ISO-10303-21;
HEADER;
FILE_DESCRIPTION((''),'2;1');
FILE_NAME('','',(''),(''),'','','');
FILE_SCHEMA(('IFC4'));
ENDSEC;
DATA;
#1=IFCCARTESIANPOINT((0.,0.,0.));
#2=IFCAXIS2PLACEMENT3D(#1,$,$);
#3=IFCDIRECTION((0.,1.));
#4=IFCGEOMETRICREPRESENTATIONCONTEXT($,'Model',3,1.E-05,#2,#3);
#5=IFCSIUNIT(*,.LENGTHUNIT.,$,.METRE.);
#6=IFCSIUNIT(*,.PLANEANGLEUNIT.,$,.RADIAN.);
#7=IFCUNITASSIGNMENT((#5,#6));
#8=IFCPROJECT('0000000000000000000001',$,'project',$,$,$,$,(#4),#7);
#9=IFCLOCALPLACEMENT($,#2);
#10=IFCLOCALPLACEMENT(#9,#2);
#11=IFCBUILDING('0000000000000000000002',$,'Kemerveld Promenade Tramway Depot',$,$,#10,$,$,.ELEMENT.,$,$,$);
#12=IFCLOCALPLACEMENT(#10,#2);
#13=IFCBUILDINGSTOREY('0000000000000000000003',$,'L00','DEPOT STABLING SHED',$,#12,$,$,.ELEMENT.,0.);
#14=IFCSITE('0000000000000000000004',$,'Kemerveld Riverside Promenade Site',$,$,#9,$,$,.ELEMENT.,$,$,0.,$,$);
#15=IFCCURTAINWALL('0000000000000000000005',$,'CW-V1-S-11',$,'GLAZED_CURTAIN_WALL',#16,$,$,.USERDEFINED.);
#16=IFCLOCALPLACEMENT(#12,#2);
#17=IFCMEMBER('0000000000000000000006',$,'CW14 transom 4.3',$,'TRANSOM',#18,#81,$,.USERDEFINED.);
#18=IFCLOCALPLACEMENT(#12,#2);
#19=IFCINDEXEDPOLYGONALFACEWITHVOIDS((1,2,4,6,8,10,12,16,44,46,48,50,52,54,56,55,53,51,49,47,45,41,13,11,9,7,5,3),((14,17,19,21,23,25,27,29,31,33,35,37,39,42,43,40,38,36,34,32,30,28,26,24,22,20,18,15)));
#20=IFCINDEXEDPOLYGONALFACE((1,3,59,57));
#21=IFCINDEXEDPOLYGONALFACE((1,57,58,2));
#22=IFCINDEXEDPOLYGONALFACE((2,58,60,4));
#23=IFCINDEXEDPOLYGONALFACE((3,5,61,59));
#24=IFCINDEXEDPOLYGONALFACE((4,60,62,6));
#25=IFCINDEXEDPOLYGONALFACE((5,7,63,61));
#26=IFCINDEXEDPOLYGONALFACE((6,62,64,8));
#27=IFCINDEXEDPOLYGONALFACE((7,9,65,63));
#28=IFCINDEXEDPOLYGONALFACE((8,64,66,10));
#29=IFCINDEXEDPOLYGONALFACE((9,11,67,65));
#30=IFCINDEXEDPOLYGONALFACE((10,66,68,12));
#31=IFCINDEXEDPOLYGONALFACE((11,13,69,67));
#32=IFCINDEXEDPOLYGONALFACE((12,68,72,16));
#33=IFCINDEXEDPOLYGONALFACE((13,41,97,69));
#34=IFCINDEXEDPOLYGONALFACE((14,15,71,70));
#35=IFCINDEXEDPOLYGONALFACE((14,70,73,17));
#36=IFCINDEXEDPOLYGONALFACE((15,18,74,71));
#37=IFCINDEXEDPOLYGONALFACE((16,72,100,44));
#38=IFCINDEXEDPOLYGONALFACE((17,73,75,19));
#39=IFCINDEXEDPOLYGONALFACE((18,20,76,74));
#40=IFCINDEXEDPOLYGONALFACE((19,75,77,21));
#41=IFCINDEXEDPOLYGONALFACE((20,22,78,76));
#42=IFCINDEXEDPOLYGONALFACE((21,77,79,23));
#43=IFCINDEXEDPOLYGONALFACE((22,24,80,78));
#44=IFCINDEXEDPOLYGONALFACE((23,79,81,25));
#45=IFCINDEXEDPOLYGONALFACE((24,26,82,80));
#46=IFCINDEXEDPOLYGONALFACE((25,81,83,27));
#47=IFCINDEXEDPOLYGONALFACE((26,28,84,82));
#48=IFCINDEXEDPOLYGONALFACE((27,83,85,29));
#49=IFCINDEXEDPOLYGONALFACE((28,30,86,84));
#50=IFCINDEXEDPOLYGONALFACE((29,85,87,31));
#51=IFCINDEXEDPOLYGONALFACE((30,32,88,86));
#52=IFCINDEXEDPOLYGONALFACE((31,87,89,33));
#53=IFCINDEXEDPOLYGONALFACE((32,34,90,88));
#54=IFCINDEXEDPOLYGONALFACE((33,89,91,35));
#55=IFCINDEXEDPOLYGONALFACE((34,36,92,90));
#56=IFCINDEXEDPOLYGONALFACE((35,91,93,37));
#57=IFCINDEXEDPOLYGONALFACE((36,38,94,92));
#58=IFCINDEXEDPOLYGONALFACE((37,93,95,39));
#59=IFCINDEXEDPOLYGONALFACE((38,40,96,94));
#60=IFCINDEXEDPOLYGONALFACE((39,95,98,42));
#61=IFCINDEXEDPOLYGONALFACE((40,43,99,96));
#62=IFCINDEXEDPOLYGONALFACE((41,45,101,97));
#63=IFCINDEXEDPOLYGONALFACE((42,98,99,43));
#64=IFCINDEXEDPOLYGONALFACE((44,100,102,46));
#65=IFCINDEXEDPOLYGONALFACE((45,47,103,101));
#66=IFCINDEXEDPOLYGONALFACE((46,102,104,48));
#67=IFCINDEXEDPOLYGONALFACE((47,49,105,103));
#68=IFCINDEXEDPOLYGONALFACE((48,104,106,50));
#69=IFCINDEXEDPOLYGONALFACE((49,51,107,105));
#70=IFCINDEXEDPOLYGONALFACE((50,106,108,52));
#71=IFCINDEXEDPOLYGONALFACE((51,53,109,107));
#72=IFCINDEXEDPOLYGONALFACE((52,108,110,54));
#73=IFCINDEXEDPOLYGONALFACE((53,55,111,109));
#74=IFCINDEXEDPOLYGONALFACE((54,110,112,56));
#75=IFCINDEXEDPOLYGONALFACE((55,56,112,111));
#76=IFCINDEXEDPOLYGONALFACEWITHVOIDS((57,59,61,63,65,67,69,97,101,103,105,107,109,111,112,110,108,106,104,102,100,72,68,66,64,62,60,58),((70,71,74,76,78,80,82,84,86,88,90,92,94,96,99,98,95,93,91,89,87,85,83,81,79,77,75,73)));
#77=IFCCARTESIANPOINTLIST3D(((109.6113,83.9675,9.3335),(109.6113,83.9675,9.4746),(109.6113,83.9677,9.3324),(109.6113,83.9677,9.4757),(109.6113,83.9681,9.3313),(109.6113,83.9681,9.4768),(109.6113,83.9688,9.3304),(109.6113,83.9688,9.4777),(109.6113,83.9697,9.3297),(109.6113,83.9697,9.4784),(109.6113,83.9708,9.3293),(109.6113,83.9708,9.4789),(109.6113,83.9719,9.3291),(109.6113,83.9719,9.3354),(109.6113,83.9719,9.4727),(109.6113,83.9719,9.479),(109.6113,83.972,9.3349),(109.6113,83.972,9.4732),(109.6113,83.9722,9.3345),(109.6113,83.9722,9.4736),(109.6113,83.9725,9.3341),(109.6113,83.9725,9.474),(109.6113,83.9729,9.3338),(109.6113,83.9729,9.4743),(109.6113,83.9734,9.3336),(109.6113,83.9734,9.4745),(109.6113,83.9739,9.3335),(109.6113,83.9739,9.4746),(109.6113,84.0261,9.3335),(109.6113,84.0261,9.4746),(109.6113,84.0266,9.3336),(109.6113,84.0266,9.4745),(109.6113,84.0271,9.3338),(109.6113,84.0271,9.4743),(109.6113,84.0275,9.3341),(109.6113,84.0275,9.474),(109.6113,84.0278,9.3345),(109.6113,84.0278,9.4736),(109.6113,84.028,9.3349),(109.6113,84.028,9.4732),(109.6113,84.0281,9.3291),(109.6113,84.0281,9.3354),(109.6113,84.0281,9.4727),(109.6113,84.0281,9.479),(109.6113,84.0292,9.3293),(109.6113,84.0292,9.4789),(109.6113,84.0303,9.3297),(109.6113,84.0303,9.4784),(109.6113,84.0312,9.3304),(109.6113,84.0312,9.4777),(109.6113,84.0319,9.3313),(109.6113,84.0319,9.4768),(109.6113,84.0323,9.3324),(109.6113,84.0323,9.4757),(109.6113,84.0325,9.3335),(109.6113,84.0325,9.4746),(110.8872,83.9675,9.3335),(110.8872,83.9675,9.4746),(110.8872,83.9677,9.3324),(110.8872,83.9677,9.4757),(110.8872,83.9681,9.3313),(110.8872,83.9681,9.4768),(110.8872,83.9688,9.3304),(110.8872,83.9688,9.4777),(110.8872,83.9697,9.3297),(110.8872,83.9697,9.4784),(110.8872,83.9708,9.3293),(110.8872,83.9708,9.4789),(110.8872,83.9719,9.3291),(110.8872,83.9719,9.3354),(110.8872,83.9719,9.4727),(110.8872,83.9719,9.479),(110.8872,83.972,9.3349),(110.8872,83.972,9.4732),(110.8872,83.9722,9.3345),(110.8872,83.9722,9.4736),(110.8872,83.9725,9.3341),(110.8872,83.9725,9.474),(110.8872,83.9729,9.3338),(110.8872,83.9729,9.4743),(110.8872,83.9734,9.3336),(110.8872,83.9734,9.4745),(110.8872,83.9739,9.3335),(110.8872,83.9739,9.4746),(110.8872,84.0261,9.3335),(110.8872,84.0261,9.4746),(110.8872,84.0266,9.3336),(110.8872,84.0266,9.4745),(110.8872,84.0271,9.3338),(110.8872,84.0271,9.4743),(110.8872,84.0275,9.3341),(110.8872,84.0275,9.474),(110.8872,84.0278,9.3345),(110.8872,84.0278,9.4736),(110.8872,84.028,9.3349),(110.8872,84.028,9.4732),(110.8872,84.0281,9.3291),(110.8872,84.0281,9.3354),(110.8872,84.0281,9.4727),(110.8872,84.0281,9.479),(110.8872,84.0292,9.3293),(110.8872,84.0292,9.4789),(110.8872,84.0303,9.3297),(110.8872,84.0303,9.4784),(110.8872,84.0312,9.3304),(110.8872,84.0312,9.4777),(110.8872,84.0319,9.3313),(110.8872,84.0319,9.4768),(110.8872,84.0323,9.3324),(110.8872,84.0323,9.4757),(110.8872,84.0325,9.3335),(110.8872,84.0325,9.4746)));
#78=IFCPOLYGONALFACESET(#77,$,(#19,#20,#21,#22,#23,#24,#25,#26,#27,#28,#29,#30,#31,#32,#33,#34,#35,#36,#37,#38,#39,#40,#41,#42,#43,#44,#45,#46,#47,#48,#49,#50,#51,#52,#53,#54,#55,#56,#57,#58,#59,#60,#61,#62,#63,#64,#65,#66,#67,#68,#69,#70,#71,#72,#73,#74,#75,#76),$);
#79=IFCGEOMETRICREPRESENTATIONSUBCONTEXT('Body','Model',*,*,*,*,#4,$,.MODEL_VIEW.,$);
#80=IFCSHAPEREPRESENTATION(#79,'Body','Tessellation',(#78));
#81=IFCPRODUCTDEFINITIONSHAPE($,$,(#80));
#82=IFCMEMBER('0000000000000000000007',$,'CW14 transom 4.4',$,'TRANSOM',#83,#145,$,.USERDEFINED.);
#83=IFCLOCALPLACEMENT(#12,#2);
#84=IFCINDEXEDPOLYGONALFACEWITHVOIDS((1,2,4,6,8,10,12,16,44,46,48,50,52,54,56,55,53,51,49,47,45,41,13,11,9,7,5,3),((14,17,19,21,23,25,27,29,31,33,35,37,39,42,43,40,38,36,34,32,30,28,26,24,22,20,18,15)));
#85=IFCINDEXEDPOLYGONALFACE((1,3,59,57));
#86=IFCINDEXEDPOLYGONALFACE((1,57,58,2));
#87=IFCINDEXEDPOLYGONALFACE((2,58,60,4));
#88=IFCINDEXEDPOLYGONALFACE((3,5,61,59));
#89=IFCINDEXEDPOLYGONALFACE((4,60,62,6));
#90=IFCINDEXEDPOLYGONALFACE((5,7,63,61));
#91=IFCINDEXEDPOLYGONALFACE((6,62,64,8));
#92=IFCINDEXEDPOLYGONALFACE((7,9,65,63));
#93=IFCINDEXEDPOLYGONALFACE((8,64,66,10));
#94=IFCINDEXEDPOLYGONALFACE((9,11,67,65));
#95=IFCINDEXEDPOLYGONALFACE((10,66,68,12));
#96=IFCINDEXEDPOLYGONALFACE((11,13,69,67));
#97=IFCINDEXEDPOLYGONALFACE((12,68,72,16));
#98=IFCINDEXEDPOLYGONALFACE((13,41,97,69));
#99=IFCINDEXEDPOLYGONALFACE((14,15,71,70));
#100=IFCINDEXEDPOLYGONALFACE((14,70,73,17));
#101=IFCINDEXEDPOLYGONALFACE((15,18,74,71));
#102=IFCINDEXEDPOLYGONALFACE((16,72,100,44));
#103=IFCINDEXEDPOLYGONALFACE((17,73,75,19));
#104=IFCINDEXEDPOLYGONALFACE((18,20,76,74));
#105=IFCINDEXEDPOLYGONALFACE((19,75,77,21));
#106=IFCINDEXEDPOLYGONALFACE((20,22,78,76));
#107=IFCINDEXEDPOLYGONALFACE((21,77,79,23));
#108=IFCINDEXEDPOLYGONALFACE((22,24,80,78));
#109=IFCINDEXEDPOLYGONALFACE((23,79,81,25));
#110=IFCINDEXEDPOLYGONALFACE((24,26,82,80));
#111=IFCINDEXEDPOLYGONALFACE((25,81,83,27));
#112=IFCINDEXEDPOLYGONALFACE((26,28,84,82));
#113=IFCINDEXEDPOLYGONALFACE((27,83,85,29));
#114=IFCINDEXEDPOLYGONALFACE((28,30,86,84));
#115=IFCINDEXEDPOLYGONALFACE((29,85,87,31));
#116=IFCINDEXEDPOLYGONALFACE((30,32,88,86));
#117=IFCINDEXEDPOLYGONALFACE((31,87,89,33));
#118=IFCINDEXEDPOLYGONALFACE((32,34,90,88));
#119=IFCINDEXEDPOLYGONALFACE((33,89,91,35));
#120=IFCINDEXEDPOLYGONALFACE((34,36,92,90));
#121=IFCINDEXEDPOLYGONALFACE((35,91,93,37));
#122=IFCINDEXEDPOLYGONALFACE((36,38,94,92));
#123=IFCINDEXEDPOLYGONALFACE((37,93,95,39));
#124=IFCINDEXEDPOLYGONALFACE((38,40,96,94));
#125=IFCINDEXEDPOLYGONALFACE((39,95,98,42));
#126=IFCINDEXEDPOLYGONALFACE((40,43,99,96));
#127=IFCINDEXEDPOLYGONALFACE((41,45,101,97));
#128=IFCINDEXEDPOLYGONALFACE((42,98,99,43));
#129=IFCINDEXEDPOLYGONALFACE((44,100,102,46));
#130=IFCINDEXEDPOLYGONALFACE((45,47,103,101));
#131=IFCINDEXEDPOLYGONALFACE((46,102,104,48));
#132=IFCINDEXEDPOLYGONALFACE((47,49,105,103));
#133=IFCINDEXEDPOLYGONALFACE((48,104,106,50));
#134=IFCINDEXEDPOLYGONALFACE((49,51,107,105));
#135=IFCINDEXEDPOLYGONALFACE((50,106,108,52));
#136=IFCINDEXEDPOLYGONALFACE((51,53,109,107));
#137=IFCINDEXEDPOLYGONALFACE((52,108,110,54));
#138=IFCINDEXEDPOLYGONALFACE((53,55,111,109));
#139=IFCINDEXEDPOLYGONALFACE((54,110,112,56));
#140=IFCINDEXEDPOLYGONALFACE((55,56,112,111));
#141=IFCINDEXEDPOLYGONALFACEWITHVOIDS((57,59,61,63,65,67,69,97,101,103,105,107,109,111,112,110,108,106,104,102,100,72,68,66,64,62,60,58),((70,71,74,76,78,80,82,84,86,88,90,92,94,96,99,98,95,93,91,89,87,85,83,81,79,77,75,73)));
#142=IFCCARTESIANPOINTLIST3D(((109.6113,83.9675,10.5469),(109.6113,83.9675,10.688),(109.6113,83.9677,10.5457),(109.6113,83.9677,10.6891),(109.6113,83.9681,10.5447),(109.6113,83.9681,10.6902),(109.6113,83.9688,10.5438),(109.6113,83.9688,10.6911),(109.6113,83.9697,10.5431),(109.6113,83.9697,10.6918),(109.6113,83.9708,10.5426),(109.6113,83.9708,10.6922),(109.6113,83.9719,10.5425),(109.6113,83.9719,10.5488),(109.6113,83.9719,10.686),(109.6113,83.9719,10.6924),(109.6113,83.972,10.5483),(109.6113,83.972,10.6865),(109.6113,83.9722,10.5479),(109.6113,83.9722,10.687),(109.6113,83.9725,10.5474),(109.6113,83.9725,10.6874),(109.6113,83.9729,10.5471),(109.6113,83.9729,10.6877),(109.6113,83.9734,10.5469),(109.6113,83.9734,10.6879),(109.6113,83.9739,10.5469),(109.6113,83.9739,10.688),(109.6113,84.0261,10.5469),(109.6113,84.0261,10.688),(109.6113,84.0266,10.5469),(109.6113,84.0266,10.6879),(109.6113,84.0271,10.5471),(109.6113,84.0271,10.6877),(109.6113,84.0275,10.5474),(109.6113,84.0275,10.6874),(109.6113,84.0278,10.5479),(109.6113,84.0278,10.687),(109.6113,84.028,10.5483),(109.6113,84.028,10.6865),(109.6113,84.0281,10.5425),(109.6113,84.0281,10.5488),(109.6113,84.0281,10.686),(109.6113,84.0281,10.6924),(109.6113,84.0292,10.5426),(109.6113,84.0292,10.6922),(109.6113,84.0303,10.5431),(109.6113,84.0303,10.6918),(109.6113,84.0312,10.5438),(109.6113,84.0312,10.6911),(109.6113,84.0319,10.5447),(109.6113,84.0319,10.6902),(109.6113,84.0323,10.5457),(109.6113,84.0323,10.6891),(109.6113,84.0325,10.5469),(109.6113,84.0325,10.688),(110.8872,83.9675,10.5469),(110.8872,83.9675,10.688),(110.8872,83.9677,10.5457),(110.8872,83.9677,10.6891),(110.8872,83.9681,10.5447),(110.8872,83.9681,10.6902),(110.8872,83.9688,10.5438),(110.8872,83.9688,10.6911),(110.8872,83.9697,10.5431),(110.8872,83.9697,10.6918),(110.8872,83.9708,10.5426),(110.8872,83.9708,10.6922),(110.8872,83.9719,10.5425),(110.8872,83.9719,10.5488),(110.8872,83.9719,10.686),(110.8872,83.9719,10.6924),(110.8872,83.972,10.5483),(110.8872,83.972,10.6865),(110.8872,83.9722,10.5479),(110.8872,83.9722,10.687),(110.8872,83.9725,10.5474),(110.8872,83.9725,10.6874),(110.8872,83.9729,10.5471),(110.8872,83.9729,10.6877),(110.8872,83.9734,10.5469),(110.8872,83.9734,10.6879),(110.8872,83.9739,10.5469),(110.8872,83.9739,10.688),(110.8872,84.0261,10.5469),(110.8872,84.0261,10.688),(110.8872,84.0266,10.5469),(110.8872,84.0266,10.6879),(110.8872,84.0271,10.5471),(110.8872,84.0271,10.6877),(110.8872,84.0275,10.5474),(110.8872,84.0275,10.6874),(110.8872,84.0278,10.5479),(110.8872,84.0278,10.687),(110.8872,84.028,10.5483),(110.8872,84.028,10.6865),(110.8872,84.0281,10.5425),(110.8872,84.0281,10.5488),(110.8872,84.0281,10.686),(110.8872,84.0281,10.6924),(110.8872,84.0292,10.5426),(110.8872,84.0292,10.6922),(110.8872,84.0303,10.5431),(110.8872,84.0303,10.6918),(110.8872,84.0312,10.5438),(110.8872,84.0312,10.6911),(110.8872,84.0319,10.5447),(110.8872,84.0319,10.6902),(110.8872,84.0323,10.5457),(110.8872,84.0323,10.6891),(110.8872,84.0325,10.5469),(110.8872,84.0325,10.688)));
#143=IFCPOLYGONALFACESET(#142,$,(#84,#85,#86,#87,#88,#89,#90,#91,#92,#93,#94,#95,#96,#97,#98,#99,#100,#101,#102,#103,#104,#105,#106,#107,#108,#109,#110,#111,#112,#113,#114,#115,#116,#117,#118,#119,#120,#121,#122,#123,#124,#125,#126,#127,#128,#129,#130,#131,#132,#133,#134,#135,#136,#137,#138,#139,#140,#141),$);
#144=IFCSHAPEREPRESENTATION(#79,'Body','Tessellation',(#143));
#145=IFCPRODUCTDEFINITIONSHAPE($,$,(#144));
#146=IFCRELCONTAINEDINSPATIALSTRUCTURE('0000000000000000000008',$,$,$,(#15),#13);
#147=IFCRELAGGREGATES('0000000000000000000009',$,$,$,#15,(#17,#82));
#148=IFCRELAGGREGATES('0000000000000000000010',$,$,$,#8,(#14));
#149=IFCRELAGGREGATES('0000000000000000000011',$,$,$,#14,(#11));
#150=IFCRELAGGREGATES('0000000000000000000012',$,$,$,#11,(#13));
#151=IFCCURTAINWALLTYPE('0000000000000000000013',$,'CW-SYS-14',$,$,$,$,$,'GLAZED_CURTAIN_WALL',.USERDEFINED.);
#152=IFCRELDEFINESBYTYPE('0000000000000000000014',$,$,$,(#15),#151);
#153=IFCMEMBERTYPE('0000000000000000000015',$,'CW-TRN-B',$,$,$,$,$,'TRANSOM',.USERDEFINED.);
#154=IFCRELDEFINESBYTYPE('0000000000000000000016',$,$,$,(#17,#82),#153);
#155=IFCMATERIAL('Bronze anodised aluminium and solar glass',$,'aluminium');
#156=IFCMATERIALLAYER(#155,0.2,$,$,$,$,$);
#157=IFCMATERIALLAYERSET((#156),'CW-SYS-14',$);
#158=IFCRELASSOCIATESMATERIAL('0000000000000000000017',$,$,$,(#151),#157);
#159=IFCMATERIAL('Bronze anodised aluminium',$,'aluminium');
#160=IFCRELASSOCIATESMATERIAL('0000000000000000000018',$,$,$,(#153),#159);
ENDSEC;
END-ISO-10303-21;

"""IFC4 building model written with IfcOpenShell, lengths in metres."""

from ifc_helpers import new_model, si_unit, direction, frame, origin, origin_2d, place, context, subcontext, project, spatial, hollow_rectangle, extrude, material, layer, layer_set, material_profile, profile_set, type_object, element, aggregate, save


model = new_model("IFC4")

# Units and contexts
model_context = context("Model", 3, precision=1e-05, world=origin(), true_north=direction((0.0, 1.0)))
body_context = subcontext(model_context, "Body", "Model", "MODEL_VIEW")
ifc_project = project(units=[si_unit("LENGTHUNIT", "METRE"), si_unit("PLANEANGLEUNIT", "RADIAN")], contexts=[model_context])

# Site, building, storey
site_placement = place(None, origin())
site = spatial("IfcSite", under=ifc_project, at=site_placement, Name="Kemerveld Riverside Promenade Site", CompositionType="ELEMENT", RefElevation=0.0)
building_placement = place(site_placement, origin())
building = spatial("IfcBuilding", under=site, at=building_placement, Name="Kemerveld Promenade Tramway Depot", CompositionType="ELEMENT")
storey_placement = place(building_placement, origin())
storey = spatial("IfcBuildingStorey", under=building, at=storey_placement, Name="L00", Description="DEPOT STABLING SHED", CompositionType="ELEMENT", Elevation=0.0)

# Curtain wall, members
ifc_material_1 = material(Name="Bronze anodised aluminium and solar glass", Category="aluminium")
ifc_material_2 = material(Name="Bronze anodised aluminium", Category="aluminium")
ifc_layer_1 = layer(ifc_material_1, 0.2)
ifc_layer_set_1 = layer_set([ifc_layer_1], Name="CW-SYS-14")
curtain_wall_type_1 = type_object("IfcCurtainWallType", Name="CW-SYS-14", ElementType="GLAZED_CURTAIN_WALL", PredefinedType="USERDEFINED", material=ifc_layer_set_1)
curtain_wall_1_placement = place(storey_placement, origin())
curtain_wall_1 = element("IfcCurtainWall", 1, at=curtain_wall_1_placement, inside=storey, type_object=curtain_wall_type_1, Name="CW-V1-S-11", ObjectType="GLAZED_CURTAIN_WALL", PredefinedType="USERDEFINED")
ifc_material_profile_1 = material_profile(ifc_material_2, hollow_rectangle(XDim=0.0649, YDim=0.1499, WallThickness=0.0044, InnerFilletRadius=0.002, OuterFilletRadius=0.0044, at=origin_2d()), Name="CW-TRN-150x65")
ifc_profile_set_1 = profile_set([ifc_material_profile_1], Name="Bronze anodised aluminium")
member_type_1 = type_object("IfcMemberType", Name="CW-TRN-B", ElementType="TRANSOM", PredefinedType="USERDEFINED", material=ifc_profile_set_1)
member_1_placement = place(storey_placement, frame((110.8872, 84.0, 9.4041), z_axis=(-1.0, 0.0, 0.0), x_axis=(0.0, -1.0, 0.0)))
member_1 = element("IfcMember", 2, at=member_1_placement, type_object=member_type_1, Name="CW14 transom 4.3", ObjectType="TRANSOM", PredefinedType="USERDEFINED", context=body_context, shape_type="SweptSolid", body=[
    extrude(hollow_rectangle(XDim=0.0649, YDim=0.1499, WallThickness=0.0044, InnerFilletRadius=0.002, OuterFilletRadius=0.0044, at=origin_2d()), origin(), (0.0, 0.0, 1.0), 1.2759),
])
member_2_placement = place(storey_placement, frame((110.8872, 84.0, 10.6174), z_axis=(-1.0, 0.0, 0.0), x_axis=(0.0, -1.0, 0.0)))
member_2 = element("IfcMember", 3, at=member_2_placement, type_object=member_type_1, Name="CW14 transom 4.4", ObjectType="TRANSOM", PredefinedType="USERDEFINED", context=body_context, shape_type="SweptSolid", body=[
    extrude(hollow_rectangle(XDim=0.0649, YDim=0.1499, WallThickness=0.0044, InnerFilletRadius=0.002, OuterFilletRadius=0.0044, at=origin_2d()), origin(), (0.0, 0.0, 1.0), 1.2759),
])

aggregate(curtain_wall_1, [member_1, member_2])

save(model, "model.ifc")
